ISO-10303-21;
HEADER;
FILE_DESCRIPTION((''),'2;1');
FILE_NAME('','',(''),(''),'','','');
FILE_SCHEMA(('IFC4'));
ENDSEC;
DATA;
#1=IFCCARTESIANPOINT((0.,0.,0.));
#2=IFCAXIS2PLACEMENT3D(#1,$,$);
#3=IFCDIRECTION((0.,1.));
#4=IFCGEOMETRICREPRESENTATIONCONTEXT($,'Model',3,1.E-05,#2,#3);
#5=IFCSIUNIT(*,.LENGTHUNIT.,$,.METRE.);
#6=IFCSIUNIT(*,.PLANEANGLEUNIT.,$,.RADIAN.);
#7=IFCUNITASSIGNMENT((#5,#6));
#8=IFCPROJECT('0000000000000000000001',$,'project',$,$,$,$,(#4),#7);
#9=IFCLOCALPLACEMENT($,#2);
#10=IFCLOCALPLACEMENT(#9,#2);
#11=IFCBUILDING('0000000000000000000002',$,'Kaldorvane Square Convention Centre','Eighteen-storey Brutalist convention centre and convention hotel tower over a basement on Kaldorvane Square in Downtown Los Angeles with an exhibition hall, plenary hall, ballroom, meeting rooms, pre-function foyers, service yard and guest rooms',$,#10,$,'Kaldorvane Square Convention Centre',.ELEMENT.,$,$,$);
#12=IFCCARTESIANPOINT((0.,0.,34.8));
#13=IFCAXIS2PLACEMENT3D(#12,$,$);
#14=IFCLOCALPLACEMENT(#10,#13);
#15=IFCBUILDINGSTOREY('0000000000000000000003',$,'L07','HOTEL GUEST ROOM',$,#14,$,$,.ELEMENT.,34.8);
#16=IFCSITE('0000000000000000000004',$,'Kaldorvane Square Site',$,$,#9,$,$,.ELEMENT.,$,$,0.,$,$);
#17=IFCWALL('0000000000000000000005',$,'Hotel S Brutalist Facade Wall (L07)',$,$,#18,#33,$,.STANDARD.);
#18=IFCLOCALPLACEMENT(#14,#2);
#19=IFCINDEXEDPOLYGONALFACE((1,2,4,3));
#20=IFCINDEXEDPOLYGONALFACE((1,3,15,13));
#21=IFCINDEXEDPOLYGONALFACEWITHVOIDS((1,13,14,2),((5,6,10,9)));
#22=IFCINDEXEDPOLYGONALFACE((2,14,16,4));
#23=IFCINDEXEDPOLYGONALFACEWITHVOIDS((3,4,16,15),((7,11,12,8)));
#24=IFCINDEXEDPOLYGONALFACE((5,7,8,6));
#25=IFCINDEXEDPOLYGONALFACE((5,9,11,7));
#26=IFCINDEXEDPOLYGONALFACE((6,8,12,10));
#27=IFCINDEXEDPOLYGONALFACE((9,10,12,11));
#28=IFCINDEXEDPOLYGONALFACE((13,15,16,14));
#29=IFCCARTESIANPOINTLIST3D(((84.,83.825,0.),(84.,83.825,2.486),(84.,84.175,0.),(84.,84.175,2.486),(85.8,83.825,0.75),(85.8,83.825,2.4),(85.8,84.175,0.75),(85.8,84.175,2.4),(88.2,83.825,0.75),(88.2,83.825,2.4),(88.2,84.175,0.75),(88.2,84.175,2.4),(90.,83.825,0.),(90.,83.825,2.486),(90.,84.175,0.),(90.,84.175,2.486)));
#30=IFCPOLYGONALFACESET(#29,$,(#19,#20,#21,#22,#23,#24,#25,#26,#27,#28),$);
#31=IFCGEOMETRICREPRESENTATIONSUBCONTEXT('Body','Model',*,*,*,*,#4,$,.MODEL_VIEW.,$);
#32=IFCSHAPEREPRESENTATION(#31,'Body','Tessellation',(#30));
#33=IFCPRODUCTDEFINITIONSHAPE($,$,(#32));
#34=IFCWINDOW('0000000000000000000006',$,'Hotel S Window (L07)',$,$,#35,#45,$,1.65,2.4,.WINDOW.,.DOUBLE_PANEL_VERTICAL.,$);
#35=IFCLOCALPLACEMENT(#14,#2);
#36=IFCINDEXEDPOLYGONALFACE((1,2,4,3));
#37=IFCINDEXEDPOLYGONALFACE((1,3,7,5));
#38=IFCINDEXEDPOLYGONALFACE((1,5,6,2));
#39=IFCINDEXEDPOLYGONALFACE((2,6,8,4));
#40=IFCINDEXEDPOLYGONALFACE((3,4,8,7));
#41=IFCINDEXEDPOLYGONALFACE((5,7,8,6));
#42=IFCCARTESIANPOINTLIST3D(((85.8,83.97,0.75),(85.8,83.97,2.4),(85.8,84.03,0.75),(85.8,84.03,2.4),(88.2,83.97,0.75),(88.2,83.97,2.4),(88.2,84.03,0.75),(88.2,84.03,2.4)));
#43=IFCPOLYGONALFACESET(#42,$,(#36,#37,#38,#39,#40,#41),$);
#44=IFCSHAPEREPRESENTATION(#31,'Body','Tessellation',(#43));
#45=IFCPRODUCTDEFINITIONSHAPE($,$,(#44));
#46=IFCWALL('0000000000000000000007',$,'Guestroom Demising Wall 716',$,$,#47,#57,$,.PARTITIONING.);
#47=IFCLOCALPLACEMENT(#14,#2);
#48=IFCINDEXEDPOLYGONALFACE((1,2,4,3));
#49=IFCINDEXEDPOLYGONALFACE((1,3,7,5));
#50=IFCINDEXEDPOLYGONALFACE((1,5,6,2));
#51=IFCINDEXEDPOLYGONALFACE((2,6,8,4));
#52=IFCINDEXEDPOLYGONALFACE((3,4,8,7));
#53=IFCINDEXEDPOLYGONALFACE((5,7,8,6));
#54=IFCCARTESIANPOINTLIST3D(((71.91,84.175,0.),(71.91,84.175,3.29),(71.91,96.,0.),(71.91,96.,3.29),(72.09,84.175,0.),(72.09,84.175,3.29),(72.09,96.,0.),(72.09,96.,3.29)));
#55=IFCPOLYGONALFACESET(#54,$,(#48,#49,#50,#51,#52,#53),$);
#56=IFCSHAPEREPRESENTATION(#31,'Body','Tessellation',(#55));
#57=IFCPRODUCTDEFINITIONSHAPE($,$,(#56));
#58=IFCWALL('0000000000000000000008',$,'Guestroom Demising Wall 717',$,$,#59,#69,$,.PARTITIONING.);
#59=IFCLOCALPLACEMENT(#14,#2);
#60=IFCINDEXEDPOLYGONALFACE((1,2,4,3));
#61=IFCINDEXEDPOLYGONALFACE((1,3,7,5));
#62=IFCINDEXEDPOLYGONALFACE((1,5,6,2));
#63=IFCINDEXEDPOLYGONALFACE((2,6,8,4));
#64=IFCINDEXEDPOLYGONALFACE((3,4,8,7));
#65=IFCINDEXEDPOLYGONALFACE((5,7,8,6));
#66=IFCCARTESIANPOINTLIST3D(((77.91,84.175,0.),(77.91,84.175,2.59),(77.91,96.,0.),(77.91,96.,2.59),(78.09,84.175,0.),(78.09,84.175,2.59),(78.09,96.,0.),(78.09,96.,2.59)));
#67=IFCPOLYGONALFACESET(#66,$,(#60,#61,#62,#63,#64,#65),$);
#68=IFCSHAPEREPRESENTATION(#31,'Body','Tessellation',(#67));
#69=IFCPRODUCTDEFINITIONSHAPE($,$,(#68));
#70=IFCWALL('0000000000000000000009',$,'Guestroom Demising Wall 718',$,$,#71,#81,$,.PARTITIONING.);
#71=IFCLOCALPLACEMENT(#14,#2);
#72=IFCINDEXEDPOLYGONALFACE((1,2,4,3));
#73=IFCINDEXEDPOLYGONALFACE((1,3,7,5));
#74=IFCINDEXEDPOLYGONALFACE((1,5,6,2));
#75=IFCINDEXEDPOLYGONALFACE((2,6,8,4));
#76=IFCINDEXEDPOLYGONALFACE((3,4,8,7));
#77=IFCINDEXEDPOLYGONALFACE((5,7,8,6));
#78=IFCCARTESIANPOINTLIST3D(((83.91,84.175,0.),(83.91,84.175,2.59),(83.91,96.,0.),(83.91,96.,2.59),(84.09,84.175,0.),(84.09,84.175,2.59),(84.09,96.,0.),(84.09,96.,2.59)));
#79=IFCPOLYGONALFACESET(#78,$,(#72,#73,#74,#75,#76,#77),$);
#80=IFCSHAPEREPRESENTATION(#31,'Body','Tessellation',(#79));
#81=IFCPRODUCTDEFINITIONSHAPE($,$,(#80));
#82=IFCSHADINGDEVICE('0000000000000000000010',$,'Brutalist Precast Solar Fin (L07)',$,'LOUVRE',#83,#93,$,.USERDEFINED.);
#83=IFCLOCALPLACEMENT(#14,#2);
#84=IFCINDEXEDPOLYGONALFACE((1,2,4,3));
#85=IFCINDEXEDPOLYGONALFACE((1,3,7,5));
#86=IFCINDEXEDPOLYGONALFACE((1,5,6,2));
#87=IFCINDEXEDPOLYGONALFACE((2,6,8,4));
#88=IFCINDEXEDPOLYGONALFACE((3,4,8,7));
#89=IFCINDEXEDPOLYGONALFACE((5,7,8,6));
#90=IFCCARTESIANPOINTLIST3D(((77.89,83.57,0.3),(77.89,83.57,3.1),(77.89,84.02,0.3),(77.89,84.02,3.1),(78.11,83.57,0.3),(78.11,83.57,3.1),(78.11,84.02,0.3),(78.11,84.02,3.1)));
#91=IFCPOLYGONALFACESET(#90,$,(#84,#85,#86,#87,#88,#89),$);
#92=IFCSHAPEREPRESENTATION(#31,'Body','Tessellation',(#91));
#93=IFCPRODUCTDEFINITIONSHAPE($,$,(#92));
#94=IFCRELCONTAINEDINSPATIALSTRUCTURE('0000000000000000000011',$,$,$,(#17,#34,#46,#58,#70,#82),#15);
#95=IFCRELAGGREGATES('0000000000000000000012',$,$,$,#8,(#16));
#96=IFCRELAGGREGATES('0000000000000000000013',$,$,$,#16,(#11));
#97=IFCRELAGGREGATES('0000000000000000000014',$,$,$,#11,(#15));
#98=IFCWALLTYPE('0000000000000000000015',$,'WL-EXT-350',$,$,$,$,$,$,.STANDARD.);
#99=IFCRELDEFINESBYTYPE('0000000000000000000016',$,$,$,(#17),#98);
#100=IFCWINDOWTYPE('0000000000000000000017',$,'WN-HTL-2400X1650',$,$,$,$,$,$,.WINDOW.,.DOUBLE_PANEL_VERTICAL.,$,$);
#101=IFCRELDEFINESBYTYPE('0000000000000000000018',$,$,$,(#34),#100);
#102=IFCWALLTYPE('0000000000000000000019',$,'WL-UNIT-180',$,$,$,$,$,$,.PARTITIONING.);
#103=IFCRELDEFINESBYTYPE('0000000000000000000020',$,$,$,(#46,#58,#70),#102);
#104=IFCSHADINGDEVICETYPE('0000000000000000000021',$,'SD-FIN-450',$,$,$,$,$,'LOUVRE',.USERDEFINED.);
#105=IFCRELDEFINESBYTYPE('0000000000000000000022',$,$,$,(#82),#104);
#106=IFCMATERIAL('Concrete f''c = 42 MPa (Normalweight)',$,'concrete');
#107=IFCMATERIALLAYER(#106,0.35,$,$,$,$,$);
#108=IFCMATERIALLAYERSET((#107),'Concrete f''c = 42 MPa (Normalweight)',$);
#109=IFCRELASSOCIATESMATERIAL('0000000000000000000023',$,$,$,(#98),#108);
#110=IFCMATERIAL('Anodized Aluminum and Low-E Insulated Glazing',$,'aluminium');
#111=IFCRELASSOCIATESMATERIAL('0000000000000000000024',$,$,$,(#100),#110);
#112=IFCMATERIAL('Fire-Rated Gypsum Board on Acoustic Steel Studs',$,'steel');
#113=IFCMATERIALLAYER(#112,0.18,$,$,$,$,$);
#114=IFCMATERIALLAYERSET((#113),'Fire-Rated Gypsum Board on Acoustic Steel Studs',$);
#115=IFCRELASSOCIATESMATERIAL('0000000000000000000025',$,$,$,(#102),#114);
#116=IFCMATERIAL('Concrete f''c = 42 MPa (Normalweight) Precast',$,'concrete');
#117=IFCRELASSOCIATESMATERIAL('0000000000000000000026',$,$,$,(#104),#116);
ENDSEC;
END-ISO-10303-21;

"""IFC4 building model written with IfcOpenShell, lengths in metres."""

from ifc_helpers import new_model, si_unit, direction, frame, frame_2d, origin, origin_2d, place, context, subcontext, project, spatial, rectangle, extrude, material, layer, layer_set, type_object, element, fill, save


model = new_model("IFC4")

# Units and contexts
model_context = context("Model", 3, precision=1e-05, world=origin(), true_north=direction((0.0, 1.0)))
body_context = subcontext(model_context, "Body", "Model", "MODEL_VIEW")
ifc_project = project(units=[si_unit("LENGTHUNIT", "METRE"), si_unit("PLANEANGLEUNIT", "RADIAN")], contexts=[model_context])

# Site, building, storey
site_placement = place(None, origin())
site = spatial("IfcSite", under=ifc_project, at=site_placement, Name="Kaldorvane Square Site", CompositionType="ELEMENT", RefElevation=0.0)
building_placement = place(site_placement, origin())
building = spatial("IfcBuilding", under=site, at=building_placement, Name="Kaldorvane Square Convention Centre", Description="Eighteen-storey Brutalist convention centre and convention hotel tower over a basement on Kaldorvane Square in Downtown Los Angeles with an exhibition hall, plenary hall, ballroom, meeting rooms, pre-function foyers, service yard and guest rooms", LongName="Kaldorvane Square Convention Centre", CompositionType="ELEMENT")
storey_placement = place(building_placement, frame((0.0, 0.0, 34.8)))
storey = spatial("IfcBuildingStorey", under=building, at=storey_placement, Name="L07", Description="HOTEL GUEST ROOM", CompositionType="ELEMENT", Elevation=34.8)

# Shared definitions
ifc_material_1 = material(Name="Concrete f'c = 42 MPa (Normalweight)", Category="concrete")

# Wall, opening, window
ifc_layer_1 = layer(ifc_material_1, 0.35)
ifc_layer_set_1 = layer_set([ifc_layer_1], Name="Concrete f'c = 42 MPa (Normalweight)")
wall_type_1 = type_object("IfcWallType", Name="WL-EXT-350", PredefinedType="STANDARD", material=ifc_layer_set_1)
ifc_material_2 = material(Name="Anodized Aluminum and Low-E Insulated Glazing", Category="aluminium")
window_type = type_object("IfcWindowType", Name="WN-HTL-2400X1650", PartitioningType="DOUBLE_PANEL_VERTICAL", PredefinedType="WINDOW", material=ifc_material_2)
wall_1_placement = place(storey_placement, frame((84.0, 84.0, 0.0), z_axis=(0.0, 0.0, 1.0), x_axis=(1.0, 0.0, 0.0)))
wall_1 = element("IfcWall", 1, at=wall_1_placement, inside=storey, type_object=wall_type_1, Name="Hotel S Brutalist Facade Wall (L07)", PredefinedType="STANDARD", context=body_context, shape_type="SweptSolid", body=[
    extrude(rectangle(XDim=6.0, YDim=0.35, at=frame_2d((3.0, 0.0))), origin(), (0.0, 0.0, 1.0), 2.486),
])
opening_1_placement = place(wall_1_placement, frame((1.8, 0.0, 0.75)))
opening_1 = element("IfcOpeningElement", 2, at=opening_1_placement, cuts=wall_1, PredefinedType="OPENING", context=body_context, shape_type="SweptSolid", body=[
    extrude(rectangle(XDim=2.4, YDim=1.65, at=frame_2d((1.2, 0.825))), frame((0.0, 0.19, 0.0), z_axis=(0.0, -1.0, 0.0), x_axis=(1.0, 0.0, 0.0)), (0.0, 0.0, 1.0), 0.38),
])
window_1_placement = place(opening_1_placement, origin())
window_1 = element("IfcWindow", 3, at=window_1_placement, inside=storey, type_object=window_type, Name="Hotel S Window (L07)", OverallHeight=1.65, OverallWidth=2.4, PartitioningType="DOUBLE_PANEL_VERTICAL", PredefinedType="WINDOW", context=body_context, shape_type="SweptSolid", body=[
    extrude(rectangle(XDim=2.4, YDim=1.65, at=frame_2d((1.2, 0.825))), frame((0.0, 0.03, 0.0), z_axis=(0.0, -1.0, 0.0), x_axis=(1.0, 0.0, 0.0)), (0.0, 0.0, 1.0), 0.06),
])
fill(opening_1, window_1)

# Walls
ifc_material_3 = material(Name="Fire-Rated Gypsum Board on Acoustic Steel Studs", Category="steel")
ifc_layer_2 = layer(ifc_material_3, 0.18)
ifc_layer_set_2 = layer_set([ifc_layer_2], Name="Fire-Rated Gypsum Board on Acoustic Steel Studs")
wall_type_2 = type_object("IfcWallType", Name="WL-UNIT-180", PredefinedType="PARTITIONING", material=ifc_layer_set_2)
wall_2_placement = place(storey_placement, frame((72.0, 84.175, 0.0), z_axis=(0.0, 0.0, 1.0), x_axis=(0.0, 1.0, 0.0)))
element("IfcWall", 4, at=wall_2_placement, inside=storey, type_object=wall_type_2, Name="Guestroom Demising Wall 716", PredefinedType="PARTITIONING", context=body_context, shape_type="SweptSolid", body=[
    extrude(rectangle(XDim=11.825, YDim=0.18, at=frame_2d((5.9125, 0.0))), origin(), (0.0, 0.0, 1.0), 3.29),
])
for number, where, z_axis, x_axis, name in (
    (5, (78.0, 84.175, 0.0), (0.0, 0.0, 1.0), (0.0, 1.0, 0.0), "Guestroom Demising Wall 717"),
    (6, (84.0, 84.175, 0.0), (0.0, 0.0, 1.0), (0.0, 1.0, 0.0), "Guestroom Demising Wall 718"),
):
    element("IfcWall", number, at=place(storey_placement, frame(where, z_axis=z_axis, x_axis=x_axis)), inside=storey, type_object=wall_type_2, Name=name, PredefinedType="PARTITIONING", context=body_context, shape_type="SweptSolid", body=[
        extrude(rectangle(XDim=11.825, YDim=0.18, at=frame_2d((5.9125, 0.0))), origin(), (0.0, 0.0, 1.0), 2.59),
    ])

# Shading device
ifc_material_4 = material(Name="Concrete f'c = 42 MPa (Normalweight) Precast", Category="concrete")
shading_device_type = type_object("IfcShadingDeviceType", Name="SD-FIN-450", ElementType="LOUVRE", PredefinedType="USERDEFINED", material=ifc_material_4)
shading_device_placement = place(storey_placement, frame((78.0, 83.795, 0.3), z_axis=(0.0, 0.0, 1.0), x_axis=(1.0, 0.0, 0.0)))
element("IfcShadingDevice", 7, at=shading_device_placement, inside=storey, type_object=shading_device_type, Name="Brutalist Precast Solar Fin (L07)", ObjectType="LOUVRE", PredefinedType="USERDEFINED", context=body_context, shape_type="SweptSolid", body=[
    extrude(rectangle(XDim=0.22, YDim=0.45, at=origin_2d()), origin(), (0.0, 0.0, 1.0), 2.8),
])

save(model, "model.ifc")
